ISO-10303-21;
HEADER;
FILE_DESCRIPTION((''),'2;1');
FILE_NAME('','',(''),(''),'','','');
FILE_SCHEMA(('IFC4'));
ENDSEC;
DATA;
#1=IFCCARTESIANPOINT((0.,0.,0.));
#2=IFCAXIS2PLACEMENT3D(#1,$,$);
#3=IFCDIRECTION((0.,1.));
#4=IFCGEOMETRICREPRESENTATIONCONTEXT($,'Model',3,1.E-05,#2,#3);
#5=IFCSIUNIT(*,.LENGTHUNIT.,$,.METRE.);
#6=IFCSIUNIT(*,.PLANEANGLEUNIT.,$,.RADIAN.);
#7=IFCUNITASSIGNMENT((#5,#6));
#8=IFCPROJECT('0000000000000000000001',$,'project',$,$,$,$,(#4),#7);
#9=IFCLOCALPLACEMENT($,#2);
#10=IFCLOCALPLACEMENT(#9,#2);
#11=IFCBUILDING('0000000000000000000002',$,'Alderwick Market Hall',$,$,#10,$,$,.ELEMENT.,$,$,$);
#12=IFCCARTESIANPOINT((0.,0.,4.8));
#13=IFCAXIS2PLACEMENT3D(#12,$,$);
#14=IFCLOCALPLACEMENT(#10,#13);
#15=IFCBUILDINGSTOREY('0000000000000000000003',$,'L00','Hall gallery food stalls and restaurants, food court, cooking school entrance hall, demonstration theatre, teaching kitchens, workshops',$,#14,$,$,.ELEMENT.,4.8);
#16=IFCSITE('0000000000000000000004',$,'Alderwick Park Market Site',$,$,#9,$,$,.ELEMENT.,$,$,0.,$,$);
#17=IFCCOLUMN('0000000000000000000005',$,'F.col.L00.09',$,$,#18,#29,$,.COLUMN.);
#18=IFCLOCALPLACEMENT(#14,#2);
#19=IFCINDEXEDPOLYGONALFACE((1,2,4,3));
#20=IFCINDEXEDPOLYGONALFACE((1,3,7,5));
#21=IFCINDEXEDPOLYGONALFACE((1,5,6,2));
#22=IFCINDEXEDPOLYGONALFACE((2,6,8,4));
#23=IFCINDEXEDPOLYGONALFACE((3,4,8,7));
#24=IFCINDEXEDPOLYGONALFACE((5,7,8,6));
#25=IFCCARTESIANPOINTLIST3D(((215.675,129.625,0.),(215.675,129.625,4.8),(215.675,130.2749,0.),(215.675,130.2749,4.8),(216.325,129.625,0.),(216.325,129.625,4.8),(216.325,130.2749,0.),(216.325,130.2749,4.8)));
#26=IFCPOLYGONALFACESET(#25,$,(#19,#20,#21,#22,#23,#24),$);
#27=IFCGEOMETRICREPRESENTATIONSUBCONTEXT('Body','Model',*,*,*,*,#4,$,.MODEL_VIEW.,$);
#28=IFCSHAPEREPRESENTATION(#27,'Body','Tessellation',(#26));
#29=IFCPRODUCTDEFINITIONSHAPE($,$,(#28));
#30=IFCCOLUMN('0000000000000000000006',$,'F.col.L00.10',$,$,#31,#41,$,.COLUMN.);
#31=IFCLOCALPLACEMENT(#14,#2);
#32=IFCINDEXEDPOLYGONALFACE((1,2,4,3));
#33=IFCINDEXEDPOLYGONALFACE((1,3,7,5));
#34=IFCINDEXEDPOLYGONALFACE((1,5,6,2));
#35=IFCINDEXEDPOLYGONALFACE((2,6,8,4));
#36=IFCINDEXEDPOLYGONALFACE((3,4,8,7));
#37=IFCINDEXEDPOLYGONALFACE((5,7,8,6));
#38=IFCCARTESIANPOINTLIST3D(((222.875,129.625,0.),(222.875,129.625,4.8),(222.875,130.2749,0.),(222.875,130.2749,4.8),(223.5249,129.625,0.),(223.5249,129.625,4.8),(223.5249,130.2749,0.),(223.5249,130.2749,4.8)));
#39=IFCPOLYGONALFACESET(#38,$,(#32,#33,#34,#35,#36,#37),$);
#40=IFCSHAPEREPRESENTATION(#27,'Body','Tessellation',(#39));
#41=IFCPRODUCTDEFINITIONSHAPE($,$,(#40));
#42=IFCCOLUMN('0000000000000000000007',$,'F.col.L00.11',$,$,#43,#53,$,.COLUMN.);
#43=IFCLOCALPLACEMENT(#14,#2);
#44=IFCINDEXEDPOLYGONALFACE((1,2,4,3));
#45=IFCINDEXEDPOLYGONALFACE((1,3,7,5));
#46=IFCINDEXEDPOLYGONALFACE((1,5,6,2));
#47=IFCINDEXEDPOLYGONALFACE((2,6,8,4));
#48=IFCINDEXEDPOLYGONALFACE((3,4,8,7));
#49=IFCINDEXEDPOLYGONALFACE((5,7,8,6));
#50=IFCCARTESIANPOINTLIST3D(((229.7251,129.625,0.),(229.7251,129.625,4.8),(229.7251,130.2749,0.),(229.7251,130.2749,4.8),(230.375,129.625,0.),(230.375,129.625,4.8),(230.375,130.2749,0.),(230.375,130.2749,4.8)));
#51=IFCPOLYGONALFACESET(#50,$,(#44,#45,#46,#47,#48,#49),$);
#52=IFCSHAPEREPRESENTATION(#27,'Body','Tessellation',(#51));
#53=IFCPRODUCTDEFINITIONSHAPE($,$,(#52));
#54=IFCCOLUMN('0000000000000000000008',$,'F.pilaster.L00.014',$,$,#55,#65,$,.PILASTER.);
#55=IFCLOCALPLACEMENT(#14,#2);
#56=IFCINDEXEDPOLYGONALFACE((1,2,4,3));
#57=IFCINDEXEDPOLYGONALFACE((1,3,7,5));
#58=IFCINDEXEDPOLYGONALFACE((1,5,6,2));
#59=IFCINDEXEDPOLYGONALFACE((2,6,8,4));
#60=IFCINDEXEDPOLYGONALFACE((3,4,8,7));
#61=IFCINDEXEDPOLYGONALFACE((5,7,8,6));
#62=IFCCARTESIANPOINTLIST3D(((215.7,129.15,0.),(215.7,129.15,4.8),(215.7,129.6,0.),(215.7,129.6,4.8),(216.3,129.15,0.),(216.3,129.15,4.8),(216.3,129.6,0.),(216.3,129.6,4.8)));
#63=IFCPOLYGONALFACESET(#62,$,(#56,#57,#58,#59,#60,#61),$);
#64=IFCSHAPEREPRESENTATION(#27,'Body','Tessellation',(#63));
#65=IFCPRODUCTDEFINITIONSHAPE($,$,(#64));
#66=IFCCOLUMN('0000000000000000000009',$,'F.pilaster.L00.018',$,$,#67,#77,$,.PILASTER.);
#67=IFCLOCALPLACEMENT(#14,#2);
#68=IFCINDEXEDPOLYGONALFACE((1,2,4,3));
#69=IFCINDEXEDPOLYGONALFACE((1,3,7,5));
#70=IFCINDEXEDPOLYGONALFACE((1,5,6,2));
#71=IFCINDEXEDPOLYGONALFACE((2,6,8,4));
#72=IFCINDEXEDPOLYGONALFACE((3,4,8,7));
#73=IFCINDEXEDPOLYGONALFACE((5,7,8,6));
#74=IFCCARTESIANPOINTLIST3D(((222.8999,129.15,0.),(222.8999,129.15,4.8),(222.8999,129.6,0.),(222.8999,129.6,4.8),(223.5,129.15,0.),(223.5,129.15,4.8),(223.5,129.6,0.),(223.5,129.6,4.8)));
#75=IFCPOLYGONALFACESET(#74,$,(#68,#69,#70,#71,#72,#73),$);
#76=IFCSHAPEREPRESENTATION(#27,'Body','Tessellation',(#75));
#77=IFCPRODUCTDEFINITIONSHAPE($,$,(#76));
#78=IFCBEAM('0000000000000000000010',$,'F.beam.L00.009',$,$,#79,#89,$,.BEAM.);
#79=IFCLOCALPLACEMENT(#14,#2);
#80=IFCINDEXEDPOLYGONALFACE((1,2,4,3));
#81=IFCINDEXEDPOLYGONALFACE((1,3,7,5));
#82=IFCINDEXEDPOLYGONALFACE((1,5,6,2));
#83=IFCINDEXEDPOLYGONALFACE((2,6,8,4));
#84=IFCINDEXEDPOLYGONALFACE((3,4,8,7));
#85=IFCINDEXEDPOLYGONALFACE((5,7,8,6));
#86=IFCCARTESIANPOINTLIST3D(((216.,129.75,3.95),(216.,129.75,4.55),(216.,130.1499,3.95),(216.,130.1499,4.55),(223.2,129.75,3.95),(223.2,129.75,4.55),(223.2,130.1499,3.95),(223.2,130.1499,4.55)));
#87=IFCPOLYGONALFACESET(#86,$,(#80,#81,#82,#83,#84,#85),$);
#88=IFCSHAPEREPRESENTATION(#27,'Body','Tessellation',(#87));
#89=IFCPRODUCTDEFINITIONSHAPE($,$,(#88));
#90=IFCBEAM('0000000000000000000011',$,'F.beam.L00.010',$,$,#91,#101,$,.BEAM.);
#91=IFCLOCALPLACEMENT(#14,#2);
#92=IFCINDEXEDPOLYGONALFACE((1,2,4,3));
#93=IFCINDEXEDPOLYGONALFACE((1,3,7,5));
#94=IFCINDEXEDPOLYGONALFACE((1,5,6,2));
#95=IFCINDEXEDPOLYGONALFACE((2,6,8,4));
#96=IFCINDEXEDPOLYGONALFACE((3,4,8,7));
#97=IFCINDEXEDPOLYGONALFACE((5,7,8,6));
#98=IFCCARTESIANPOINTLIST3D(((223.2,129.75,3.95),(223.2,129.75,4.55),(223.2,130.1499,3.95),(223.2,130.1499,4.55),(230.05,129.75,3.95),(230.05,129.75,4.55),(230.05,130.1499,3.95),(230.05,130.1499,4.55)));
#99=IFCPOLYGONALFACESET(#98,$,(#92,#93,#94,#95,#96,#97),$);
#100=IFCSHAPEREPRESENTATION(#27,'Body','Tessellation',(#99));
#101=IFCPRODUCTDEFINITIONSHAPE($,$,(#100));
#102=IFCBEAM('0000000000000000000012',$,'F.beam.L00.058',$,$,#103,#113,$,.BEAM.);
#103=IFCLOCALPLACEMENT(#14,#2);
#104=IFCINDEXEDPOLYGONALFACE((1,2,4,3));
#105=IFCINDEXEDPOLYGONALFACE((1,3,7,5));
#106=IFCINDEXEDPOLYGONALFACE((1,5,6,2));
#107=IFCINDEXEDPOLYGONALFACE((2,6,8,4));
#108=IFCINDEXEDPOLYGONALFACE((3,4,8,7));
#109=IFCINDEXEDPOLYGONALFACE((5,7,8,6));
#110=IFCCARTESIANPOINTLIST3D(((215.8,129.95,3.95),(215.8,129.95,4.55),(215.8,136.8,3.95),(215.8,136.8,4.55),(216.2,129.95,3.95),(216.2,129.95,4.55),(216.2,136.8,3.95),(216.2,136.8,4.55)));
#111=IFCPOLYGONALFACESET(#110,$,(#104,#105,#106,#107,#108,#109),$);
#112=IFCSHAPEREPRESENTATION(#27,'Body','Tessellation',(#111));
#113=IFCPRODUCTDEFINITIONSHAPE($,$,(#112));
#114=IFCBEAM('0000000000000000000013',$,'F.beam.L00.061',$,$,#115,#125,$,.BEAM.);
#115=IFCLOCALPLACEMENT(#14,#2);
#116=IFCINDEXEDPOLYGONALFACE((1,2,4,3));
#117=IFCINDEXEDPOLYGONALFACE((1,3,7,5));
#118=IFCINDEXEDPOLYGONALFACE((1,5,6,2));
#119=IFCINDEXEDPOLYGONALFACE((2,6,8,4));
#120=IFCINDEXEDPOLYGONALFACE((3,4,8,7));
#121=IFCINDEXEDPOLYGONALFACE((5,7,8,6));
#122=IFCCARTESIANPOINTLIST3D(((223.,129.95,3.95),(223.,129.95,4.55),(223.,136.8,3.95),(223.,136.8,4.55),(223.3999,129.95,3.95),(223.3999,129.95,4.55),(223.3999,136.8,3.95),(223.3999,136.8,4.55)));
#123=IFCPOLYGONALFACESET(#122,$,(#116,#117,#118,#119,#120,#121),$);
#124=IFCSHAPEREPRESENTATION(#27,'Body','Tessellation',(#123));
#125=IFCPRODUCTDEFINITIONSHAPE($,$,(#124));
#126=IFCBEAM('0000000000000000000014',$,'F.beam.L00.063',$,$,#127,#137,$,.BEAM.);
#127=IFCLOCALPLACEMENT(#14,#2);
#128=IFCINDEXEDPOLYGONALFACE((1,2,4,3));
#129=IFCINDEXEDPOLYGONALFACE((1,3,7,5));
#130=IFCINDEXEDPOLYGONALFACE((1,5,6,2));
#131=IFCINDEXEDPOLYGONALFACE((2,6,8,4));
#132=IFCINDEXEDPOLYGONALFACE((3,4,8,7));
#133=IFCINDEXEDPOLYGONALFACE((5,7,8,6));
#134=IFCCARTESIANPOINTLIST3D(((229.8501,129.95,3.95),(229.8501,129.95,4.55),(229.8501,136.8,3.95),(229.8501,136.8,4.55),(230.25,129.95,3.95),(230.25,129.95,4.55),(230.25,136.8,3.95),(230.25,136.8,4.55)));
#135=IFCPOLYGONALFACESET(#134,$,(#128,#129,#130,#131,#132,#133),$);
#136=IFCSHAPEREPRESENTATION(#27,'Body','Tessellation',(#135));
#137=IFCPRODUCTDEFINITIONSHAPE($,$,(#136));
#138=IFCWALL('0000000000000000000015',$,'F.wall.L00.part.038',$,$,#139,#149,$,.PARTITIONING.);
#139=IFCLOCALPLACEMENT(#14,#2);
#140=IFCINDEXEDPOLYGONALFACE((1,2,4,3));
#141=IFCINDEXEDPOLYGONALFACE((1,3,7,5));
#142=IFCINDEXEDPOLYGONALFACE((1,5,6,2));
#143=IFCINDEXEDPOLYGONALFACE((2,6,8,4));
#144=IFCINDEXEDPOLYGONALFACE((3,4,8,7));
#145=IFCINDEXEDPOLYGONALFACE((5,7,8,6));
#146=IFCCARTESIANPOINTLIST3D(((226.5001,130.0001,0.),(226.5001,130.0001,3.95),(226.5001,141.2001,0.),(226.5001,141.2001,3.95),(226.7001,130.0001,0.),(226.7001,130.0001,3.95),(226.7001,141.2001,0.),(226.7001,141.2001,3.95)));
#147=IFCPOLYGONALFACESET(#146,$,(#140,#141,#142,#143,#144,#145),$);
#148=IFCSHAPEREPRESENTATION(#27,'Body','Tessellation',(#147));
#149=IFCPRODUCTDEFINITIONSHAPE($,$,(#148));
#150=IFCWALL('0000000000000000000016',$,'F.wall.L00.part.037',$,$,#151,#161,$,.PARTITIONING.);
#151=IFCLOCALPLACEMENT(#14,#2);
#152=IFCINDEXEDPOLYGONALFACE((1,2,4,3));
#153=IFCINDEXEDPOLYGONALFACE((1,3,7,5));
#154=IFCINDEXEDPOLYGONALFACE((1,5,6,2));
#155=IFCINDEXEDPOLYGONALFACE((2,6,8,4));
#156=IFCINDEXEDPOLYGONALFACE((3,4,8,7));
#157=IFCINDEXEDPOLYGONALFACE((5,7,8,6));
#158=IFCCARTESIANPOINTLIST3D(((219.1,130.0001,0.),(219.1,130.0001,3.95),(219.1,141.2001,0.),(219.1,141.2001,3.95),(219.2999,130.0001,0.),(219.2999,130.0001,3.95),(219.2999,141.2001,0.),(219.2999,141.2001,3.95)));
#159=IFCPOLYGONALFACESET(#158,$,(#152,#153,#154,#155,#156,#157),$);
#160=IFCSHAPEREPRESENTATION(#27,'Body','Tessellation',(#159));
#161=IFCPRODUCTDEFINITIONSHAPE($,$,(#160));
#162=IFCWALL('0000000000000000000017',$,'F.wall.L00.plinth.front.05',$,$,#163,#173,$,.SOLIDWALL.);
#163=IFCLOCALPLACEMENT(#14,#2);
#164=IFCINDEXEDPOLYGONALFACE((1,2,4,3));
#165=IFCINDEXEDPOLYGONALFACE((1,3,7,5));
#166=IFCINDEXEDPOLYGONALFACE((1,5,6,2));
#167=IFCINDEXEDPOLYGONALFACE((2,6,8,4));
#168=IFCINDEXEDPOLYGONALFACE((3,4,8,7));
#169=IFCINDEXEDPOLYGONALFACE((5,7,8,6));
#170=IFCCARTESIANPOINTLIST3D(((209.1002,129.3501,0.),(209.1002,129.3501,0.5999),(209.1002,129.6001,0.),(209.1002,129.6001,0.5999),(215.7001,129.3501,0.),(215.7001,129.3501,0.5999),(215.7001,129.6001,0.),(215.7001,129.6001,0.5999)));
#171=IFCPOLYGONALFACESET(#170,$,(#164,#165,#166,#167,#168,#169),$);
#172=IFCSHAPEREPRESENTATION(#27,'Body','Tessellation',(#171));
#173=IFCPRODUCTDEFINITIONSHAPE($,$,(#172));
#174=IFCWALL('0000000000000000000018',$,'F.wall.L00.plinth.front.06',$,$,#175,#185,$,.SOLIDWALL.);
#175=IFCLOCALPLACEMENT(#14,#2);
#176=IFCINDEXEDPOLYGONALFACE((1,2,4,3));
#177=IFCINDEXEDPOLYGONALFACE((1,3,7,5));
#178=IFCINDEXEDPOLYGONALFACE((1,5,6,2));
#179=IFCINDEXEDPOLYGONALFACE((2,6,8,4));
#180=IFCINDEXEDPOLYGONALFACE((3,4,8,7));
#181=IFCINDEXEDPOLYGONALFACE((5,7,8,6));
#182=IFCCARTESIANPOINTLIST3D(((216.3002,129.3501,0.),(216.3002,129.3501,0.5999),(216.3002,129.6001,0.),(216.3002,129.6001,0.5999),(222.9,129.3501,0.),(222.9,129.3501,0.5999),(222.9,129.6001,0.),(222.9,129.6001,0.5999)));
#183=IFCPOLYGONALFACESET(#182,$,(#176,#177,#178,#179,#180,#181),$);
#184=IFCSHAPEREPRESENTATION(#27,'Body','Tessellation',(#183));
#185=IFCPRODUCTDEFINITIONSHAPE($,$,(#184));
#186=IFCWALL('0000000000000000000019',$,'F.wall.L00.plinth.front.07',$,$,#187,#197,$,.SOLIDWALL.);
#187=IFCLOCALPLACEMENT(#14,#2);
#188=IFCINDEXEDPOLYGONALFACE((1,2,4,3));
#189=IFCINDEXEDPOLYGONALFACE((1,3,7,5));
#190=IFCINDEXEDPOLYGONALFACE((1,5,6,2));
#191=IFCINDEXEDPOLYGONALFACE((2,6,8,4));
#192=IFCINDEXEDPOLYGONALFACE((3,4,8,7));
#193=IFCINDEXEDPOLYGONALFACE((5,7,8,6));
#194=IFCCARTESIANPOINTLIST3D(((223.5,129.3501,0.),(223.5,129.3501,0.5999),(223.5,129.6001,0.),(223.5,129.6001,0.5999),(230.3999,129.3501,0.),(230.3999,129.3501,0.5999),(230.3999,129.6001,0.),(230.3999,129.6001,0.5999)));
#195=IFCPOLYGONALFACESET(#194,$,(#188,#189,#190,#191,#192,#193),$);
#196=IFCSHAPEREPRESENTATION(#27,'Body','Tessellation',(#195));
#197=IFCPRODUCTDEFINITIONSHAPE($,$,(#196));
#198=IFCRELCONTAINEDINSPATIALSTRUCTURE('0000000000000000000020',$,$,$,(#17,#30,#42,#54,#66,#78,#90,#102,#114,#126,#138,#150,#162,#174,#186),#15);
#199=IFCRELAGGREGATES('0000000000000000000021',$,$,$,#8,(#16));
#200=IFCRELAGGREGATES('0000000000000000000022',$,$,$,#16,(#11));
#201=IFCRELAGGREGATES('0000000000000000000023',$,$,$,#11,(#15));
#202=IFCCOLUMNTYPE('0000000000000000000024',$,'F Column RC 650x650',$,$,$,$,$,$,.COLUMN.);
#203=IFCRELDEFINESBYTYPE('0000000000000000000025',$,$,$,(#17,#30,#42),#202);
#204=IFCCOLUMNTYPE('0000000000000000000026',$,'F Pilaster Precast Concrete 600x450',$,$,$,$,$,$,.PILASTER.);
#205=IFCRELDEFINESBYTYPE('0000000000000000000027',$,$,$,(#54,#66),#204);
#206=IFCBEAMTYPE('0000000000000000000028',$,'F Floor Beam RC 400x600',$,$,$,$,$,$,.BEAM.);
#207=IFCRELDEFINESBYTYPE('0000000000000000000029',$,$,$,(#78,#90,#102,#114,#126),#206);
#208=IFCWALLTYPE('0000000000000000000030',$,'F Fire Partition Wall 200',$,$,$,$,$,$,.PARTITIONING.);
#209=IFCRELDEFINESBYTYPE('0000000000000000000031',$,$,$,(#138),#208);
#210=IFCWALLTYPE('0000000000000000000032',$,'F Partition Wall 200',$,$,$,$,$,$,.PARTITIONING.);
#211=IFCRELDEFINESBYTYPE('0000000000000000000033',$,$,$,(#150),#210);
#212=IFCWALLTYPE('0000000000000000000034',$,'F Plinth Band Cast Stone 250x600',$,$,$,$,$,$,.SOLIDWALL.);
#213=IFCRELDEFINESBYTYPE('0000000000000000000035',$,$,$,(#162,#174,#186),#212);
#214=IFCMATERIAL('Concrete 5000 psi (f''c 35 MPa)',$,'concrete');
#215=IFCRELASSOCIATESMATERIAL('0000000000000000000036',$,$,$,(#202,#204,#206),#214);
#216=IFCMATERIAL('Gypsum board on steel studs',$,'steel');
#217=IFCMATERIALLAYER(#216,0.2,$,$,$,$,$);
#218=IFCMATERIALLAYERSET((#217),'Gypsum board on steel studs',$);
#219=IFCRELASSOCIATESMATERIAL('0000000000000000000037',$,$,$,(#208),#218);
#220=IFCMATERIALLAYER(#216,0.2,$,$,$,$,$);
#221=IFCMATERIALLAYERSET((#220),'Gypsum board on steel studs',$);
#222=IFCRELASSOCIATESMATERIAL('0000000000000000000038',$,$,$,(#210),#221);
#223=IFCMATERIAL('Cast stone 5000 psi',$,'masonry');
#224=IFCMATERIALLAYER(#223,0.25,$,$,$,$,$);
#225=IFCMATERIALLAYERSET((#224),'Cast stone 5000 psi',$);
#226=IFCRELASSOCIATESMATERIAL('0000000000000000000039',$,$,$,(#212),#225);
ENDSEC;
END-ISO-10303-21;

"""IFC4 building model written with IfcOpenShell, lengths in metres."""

from ifc_helpers import new_model, si_unit, direction, frame, frame_2d, origin, origin_2d, place, context, subcontext, project, spatial, rectangle, extrude, material, layer, layer_set, material_profile, profile_set, type_object, element, save


model = new_model("IFC4")

# Units and contexts
model_context = context("Model", 3, precision=1e-05, world=origin(), true_north=direction((0.0, 1.0)))
body_context = subcontext(model_context, "Body", "Model", "MODEL_VIEW")
ifc_project = project(units=[si_unit("LENGTHUNIT", "METRE"), si_unit("PLANEANGLEUNIT", "RADIAN")], contexts=[model_context])

# Site, building, storey
site_placement = place(None, origin())
site = spatial("IfcSite", under=ifc_project, at=site_placement, Name="Alderwick Park Market Site", CompositionType="ELEMENT", RefElevation=0.0)
building_placement = place(site_placement, origin())
building = spatial("IfcBuilding", under=site, at=building_placement, Name="Alderwick Market Hall", CompositionType="ELEMENT")
storey_placement = place(building_placement, frame((0.0, 0.0, 4.8)))
storey = spatial("IfcBuildingStorey", under=building, at=storey_placement, Name="L00", Description="Hall gallery food stalls and restaurants, food court, cooking school entrance hall, demonstration theatre, teaching kitchens, workshops", CompositionType="ELEMENT", Elevation=4.8)

# Columns
ifc_material_1 = material(Name="Concrete 5000 psi (f'c 35 MPa)", Category="concrete")
ifc_material_profile_1 = material_profile(ifc_material_1, rectangle(XDim=0.6499, YDim=0.6499, at=origin_2d()), Name="RC 650x650")
ifc_profile_set_1 = profile_set([ifc_material_profile_1], Name="Concrete 5000 psi (f'c 35 MPa)")
column_type_1 = type_object("IfcColumnType", Name="F Column RC 650x650", PredefinedType="COLUMN", material=ifc_profile_set_1)
for number, where, z_axis, x_axis, name in (
    (1, (216.0, 129.95, 0.0), (0.0, 0.0, 1.0), (1.0, 0.0, 0.0), "F.col.L00.09"),
    (2, (223.2, 129.95, 0.0), (0.0, 0.0, 1.0), (1.0, 0.0, 0.0), "F.col.L00.10"),
    (3, (230.05, 129.95, 0.0), (0.0, 0.0, 1.0), (1.0, 0.0, 0.0), "F.col.L00.11"),
):
    element("IfcColumn", number, at=place(storey_placement, frame(where, z_axis=z_axis, x_axis=x_axis)), inside=storey, type_object=column_type_1, Name=name, PredefinedType="COLUMN", context=body_context, shape_type="SweptSolid", body=[
        extrude(rectangle(XDim=0.6499, YDim=0.6499, at=origin_2d()), origin(), (0.0, 0.0, 1.0), 4.8),
    ])
ifc_material_profile_2 = material_profile(ifc_material_1, rectangle(XDim=0.6001, YDim=0.45, at=origin_2d()), Name="PC 600x450")
ifc_profile_set_2 = profile_set([ifc_material_profile_2], Name="Concrete 5000 psi (f'c 35 MPa)")
column_type_2 = type_object("IfcColumnType", Name="F Pilaster Precast Concrete 600x450", PredefinedType="PILASTER", material=ifc_profile_set_2)
for number, where, z_axis, x_axis, name in (
    (4, (216.0, 129.375, 0.0), (0.0, 0.0, 1.0), (1.0, 0.0, 0.0), "F.pilaster.L00.014"),
    (5, (223.2, 129.375, 0.0), (0.0, 0.0, 1.0), (1.0, 0.0, 0.0), "F.pilaster.L00.018"),
):
    element("IfcColumn", number, at=place(storey_placement, frame(where, z_axis=z_axis, x_axis=x_axis)), inside=storey, type_object=column_type_2, Name=name, PredefinedType="PILASTER", context=body_context, shape_type="SweptSolid", body=[
        extrude(rectangle(XDim=0.6001, YDim=0.45, at=origin_2d()), origin(), (0.0, 0.0, 1.0), 4.8),
    ])

# Beams
ifc_material_profile_3 = material_profile(ifc_material_1, rectangle(XDim=0.3999, YDim=0.6001, at=origin_2d()), Name="RC 400x600")
ifc_profile_set_3 = profile_set([ifc_material_profile_3], Name="Concrete 5000 psi (f'c 35 MPa)")
beam_type = type_object("IfcBeamType", Name="F Floor Beam RC 400x600", PredefinedType="BEAM", material=ifc_profile_set_3)
beam_placement = place(storey_placement, frame((216.0, 129.95, 4.25), z_axis=(1.0, 0.0, 0.0), x_axis=(0.0, 1.0, 0.0)))
element("IfcBeam", 6, at=beam_placement, inside=storey, type_object=beam_type, Name="F.beam.L00.009", PredefinedType="BEAM", context=body_context, shape_type="SweptSolid", body=[
    extrude(rectangle(XDim=0.3999, YDim=0.6001, at=origin_2d()), origin(), (0.0, 0.0, 1.0), 7.2),
])
for number, where, z_axis, x_axis, name in (
    (7, (223.2, 129.95, 4.25), (1.0, 0.0, 0.0), (0.0, 1.0, 0.0), "F.beam.L00.010"),
    (8, (216.0, 129.95, 4.25), (0.0, 1.0, 0.0), (-1.0, 0.0, 0.0), "F.beam.L00.058"),
    (9, (223.2, 129.95, 4.25), (0.0, 1.0, 0.0), (-1.0, 0.0, 0.0), "F.beam.L00.061"),
    (10, (230.05, 129.95, 4.25), (0.0, 1.0, 0.0), (-1.0, 0.0, 0.0), "F.beam.L00.063"),
):
    element("IfcBeam", number, at=place(storey_placement, frame(where, z_axis=z_axis, x_axis=x_axis)), inside=storey, type_object=beam_type, Name=name, PredefinedType="BEAM", context=body_context, shape_type="SweptSolid", body=[
        extrude(rectangle(XDim=0.3999, YDim=0.6001, at=origin_2d()), origin(), (0.0, 0.0, 1.0), 6.8501),
    ])

# Walls
ifc_material_2 = material(Name="Gypsum board on steel studs", Category="steel")
ifc_layer_1 = layer(ifc_material_2, 0.2)
ifc_layer_set_1 = layer_set([ifc_layer_1], Name="Gypsum board on steel studs")
wall_type_1 = type_object("IfcWallType", Name="F Fire Partition Wall 200", PredefinedType="PARTITIONING", material=ifc_layer_set_1)
wall_1_placement = place(storey_placement, frame((226.6001, 130.0, 0.0), z_axis=(0.0, 0.0, 1.0), x_axis=(0.0, 1.0, 0.0)))
element("IfcWall", 11, at=wall_1_placement, inside=storey, type_object=wall_type_1, Name="F.wall.L00.part.038", PredefinedType="PARTITIONING", context=body_context, shape_type="SweptSolid", body=[
    extrude(rectangle(XDim=11.2, YDim=0.2, at=frame_2d((5.6001, 0.0))), origin(), (0.0, 0.0, 1.0), 3.95),
])
ifc_layer_2 = layer(ifc_material_2, 0.2)
ifc_layer_set_2 = layer_set([ifc_layer_2], Name="Gypsum board on steel studs")
wall_type_2 = type_object("IfcWallType", Name="F Partition Wall 200", PredefinedType="PARTITIONING", material=ifc_layer_set_2)
wall_2_placement = place(storey_placement, frame((219.2, 130.0, 0.0), z_axis=(0.0, 0.0, 1.0), x_axis=(0.0, 1.0, 0.0)))
element("IfcWall", 12, at=wall_2_placement, inside=storey, type_object=wall_type_2, Name="F.wall.L00.part.037", PredefinedType="PARTITIONING", context=body_context, shape_type="SweptSolid", body=[
    extrude(rectangle(XDim=11.2, YDim=0.2, at=frame_2d((5.6001, 0.0))), origin(), (0.0, 0.0, 1.0), 3.95),
])
ifc_material_3 = material(Name="Cast stone 5000 psi", Category="masonry")
ifc_layer_3 = layer(ifc_material_3, 0.25)
ifc_layer_set_3 = layer_set([ifc_layer_3], Name="Cast stone 5000 psi")
wall_type_3 = type_object("IfcWallType", Name="F Plinth Band Cast Stone 250x600", PredefinedType="SOLIDWALL", material=ifc_layer_set_3)
for number, where, z_axis, x_axis, name in (
    (13, (215.7, 129.4751, 0.0), (0.0, 0.0, 1.0), (-1.0, 0.0, 0.0), "F.wall.L00.plinth.front.05"),
    (14, (222.8999, 129.4751, 0.0), (0.0, 0.0, 1.0), (-1.0, 0.0, 0.0), "F.wall.L00.plinth.front.06"),
):
    element("IfcWall", number, at=place(storey_placement, frame(where, z_axis=z_axis, x_axis=x_axis)), inside=storey, type_object=wall_type_3, Name=name, PredefinedType="SOLIDWALL", context=body_context, shape_type="SweptSolid", body=[
        extrude(rectangle(XDim=6.5999, YDim=0.25, at=frame_2d((3.2998, 0.0))), origin(), (0.0, 0.0, 1.0), 0.5999),
    ])
wall_3_placement = place(storey_placement, frame((230.3999, 129.4751, 0.0), z_axis=(0.0, 0.0, 1.0), x_axis=(-1.0, 0.0, 0.0)))
element("IfcWall", 15, at=wall_3_placement, inside=storey, type_object=wall_type_3, Name="F.wall.L00.plinth.front.07", PredefinedType="SOLIDWALL", context=body_context, shape_type="SweptSolid", body=[
    extrude(rectangle(XDim=6.8999, YDim=0.25, at=frame_2d((3.45, 0.0))), origin(), (0.0, 0.0, 1.0), 0.5999),
])

save(model, "model.ifc")
